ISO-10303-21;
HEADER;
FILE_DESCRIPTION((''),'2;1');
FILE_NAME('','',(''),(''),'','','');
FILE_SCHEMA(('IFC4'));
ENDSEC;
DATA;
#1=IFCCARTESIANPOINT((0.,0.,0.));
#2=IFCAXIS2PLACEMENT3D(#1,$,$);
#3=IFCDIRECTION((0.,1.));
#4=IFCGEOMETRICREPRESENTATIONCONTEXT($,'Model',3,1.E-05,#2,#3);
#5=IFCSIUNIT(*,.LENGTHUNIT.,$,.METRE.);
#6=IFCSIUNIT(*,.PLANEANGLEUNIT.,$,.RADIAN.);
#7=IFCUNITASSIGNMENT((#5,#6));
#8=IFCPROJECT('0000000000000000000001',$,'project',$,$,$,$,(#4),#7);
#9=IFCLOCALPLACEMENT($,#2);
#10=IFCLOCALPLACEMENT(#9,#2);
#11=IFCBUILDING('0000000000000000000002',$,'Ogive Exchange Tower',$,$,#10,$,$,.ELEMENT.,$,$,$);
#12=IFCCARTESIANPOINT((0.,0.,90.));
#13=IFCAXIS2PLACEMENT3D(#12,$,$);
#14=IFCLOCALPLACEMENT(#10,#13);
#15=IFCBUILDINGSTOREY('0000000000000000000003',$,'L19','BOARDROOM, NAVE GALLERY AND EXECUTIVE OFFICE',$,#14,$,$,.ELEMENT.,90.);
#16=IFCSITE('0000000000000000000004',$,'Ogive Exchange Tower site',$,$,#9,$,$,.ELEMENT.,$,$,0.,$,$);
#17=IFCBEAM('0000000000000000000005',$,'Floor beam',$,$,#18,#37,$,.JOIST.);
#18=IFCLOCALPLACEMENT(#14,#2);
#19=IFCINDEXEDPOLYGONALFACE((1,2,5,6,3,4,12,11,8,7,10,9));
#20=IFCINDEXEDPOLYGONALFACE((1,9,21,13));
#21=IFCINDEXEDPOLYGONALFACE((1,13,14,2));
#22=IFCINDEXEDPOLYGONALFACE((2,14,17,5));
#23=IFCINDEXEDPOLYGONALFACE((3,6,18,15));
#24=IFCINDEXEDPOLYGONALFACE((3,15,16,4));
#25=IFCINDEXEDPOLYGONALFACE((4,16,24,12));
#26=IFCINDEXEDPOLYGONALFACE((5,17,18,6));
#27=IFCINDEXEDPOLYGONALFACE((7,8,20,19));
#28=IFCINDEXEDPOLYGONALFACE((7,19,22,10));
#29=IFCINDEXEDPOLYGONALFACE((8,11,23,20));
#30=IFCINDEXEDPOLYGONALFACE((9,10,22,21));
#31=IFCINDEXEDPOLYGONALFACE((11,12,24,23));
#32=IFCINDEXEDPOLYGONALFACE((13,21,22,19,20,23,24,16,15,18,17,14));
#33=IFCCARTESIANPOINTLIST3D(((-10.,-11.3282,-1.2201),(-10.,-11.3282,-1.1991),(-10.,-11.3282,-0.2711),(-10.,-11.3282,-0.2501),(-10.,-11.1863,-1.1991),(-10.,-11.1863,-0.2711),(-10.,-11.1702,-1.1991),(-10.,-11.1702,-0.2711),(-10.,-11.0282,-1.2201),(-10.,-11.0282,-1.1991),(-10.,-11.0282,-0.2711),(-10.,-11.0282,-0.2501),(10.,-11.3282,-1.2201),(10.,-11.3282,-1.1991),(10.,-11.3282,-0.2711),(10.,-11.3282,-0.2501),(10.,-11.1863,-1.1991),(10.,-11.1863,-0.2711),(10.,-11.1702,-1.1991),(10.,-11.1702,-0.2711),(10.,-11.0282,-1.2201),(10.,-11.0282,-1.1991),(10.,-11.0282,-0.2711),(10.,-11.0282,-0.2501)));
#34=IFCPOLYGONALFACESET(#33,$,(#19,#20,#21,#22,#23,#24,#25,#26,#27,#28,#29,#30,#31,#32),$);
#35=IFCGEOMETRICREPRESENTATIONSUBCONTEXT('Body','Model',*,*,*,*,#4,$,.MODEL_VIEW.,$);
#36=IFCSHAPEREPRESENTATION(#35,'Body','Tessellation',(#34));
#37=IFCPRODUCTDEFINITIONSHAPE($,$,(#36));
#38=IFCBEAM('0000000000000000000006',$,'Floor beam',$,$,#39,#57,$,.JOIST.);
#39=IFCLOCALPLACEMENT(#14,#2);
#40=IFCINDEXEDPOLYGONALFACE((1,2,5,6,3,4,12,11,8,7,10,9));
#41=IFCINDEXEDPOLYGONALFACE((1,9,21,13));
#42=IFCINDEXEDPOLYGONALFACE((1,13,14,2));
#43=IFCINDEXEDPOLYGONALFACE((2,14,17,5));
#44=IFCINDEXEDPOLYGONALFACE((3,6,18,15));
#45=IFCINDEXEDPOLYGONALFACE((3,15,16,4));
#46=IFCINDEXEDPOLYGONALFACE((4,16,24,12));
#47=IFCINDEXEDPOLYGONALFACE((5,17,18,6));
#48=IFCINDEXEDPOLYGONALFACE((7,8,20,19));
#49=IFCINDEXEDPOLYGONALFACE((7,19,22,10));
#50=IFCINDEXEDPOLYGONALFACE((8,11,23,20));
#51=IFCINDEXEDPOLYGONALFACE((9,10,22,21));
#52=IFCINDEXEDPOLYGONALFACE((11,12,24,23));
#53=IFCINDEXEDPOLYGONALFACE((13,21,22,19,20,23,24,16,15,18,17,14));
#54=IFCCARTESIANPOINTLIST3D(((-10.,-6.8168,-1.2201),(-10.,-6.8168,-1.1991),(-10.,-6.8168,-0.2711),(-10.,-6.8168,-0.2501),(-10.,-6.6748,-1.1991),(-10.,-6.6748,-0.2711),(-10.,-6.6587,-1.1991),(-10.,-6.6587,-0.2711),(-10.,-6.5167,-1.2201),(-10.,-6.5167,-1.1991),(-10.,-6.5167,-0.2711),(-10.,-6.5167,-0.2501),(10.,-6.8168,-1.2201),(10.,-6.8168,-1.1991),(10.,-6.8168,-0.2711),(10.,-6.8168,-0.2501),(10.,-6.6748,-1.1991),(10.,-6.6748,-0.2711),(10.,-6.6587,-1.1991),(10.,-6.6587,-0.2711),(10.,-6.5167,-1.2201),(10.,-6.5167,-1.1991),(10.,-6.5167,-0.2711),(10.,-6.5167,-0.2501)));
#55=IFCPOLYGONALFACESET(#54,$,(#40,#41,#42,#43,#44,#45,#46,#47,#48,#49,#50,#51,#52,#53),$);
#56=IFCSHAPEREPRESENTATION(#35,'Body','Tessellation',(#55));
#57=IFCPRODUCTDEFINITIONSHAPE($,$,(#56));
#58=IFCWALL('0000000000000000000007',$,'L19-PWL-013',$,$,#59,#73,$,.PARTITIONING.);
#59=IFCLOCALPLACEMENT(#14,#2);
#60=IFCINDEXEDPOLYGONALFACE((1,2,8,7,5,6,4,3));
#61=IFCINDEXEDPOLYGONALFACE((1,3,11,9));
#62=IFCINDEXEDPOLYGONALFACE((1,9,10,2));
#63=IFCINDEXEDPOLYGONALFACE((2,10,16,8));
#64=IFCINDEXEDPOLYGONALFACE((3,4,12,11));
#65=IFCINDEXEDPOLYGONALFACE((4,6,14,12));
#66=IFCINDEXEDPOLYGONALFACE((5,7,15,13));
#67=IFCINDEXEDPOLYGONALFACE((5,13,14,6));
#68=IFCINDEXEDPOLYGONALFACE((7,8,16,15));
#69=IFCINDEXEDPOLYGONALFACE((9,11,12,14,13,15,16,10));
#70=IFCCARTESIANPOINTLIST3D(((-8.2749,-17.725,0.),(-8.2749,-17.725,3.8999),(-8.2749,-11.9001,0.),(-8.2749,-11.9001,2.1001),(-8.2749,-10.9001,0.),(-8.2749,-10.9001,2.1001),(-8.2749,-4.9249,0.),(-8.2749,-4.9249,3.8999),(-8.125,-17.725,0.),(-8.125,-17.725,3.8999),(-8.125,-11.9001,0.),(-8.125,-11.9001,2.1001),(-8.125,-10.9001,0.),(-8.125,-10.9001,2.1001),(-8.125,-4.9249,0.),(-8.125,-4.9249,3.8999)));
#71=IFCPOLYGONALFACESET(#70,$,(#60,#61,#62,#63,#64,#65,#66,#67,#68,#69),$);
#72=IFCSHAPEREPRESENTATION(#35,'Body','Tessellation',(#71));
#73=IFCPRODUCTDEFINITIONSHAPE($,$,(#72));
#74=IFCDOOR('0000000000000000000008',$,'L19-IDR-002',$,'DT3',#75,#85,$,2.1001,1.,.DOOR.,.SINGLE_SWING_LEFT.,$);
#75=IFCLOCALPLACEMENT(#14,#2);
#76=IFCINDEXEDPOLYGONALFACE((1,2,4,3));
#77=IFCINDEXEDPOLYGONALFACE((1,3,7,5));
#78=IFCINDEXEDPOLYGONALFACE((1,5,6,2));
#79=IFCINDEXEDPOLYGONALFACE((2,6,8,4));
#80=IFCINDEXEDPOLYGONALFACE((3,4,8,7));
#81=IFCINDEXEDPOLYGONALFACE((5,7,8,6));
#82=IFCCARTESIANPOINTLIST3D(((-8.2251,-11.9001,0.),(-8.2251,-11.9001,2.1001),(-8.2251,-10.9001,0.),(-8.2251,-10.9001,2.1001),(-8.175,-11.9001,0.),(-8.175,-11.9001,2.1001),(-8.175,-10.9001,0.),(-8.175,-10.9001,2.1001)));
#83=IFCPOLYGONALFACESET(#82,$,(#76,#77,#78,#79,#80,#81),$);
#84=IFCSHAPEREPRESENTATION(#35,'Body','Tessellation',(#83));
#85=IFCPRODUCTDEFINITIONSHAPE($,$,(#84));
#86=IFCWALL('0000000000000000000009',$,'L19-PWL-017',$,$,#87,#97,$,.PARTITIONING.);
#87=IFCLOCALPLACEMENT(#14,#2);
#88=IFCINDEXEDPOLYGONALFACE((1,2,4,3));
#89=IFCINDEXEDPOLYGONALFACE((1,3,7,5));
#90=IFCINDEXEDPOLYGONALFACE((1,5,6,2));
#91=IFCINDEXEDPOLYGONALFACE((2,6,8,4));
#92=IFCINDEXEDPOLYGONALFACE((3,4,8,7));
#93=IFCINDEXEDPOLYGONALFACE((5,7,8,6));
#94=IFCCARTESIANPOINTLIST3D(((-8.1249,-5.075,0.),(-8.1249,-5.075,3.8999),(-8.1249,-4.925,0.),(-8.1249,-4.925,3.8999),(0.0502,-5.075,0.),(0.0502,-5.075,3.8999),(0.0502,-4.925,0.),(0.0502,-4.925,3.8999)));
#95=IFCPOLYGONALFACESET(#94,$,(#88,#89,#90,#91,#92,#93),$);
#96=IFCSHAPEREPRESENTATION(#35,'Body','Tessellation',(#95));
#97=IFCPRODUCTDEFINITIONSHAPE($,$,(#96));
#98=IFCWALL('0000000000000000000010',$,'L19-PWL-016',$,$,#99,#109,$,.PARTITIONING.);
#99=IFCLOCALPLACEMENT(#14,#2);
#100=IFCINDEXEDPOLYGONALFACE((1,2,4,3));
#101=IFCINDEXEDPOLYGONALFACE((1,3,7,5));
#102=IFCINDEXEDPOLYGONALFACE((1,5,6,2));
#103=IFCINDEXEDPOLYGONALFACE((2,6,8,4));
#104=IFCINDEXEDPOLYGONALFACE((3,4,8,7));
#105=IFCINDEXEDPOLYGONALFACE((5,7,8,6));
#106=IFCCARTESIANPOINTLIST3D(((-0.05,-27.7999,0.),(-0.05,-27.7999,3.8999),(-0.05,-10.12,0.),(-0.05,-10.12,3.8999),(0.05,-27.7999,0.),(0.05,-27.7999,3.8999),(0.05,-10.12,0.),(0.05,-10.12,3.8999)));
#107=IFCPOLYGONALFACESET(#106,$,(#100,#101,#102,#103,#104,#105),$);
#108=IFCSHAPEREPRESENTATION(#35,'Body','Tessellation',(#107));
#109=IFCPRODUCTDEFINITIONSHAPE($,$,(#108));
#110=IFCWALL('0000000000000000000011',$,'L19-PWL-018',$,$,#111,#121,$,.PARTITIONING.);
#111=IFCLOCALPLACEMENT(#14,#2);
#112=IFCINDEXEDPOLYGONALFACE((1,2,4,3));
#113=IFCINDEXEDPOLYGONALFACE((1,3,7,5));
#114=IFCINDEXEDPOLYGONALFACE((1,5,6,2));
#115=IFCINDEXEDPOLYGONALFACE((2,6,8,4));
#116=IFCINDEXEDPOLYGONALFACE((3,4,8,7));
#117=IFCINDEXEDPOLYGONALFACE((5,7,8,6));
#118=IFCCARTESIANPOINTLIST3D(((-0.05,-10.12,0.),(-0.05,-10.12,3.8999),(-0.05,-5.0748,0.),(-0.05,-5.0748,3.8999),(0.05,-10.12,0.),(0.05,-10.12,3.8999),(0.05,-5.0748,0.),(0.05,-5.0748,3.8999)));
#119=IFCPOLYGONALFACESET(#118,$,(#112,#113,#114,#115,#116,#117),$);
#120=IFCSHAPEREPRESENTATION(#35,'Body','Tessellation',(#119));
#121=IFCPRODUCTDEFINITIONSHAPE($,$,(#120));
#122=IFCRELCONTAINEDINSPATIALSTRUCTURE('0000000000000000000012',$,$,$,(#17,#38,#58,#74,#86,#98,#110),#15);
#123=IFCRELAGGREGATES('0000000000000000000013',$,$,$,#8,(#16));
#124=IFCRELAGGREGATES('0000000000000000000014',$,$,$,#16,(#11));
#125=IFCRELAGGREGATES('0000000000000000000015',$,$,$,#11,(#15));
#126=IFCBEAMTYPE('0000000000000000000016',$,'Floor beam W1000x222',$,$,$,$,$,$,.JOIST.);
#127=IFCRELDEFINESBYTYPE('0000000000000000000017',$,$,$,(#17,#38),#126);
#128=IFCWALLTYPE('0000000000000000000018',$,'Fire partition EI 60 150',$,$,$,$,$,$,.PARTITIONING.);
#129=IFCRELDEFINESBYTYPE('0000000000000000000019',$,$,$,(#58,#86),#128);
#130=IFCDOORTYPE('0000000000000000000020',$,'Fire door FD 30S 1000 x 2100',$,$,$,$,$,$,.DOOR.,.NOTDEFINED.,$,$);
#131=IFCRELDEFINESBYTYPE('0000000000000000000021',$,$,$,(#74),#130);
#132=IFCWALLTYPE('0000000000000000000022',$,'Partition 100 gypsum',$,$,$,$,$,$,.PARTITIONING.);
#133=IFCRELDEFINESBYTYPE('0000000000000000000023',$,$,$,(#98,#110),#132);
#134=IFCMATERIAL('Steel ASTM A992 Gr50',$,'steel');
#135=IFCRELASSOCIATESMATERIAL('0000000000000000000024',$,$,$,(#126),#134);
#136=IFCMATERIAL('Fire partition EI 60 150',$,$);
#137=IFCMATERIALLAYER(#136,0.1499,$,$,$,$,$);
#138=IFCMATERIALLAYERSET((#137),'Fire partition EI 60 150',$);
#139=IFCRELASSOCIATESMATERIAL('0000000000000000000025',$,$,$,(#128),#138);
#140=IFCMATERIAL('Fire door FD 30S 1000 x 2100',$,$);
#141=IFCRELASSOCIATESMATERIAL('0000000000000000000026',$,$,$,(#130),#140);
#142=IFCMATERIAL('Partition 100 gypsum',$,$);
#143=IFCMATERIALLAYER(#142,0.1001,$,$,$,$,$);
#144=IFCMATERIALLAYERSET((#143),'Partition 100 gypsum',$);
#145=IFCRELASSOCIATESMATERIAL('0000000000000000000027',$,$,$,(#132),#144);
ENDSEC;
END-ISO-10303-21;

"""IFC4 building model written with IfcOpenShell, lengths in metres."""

from ifc_helpers import new_model, si_unit, direction, frame, frame_2d, origin, origin_2d, place, context, subcontext, project, spatial, rectangle, i_section, extrude, material, layer, layer_set, material_profile, profile_set, type_object, element, fill, save


model = new_model("IFC4")

# Units and contexts
model_context = context("Model", 3, precision=1e-05, world=origin(), true_north=direction((0.0, 1.0)))
body_context = subcontext(model_context, "Body", "Model", "MODEL_VIEW")
ifc_project = project(units=[si_unit("LENGTHUNIT", "METRE"), si_unit("PLANEANGLEUNIT", "RADIAN")], contexts=[model_context])

# Site, building, storey
site_placement = place(None, origin())
site = spatial("IfcSite", under=ifc_project, at=site_placement, Name="Ogive Exchange Tower site", CompositionType="ELEMENT", RefElevation=0.0)
building_placement = place(site_placement, origin())
building = spatial("IfcBuilding", under=site, at=building_placement, Name="Ogive Exchange Tower", CompositionType="ELEMENT")
storey_placement = place(building_placement, frame((0.0, 0.0, 90.0)))
storey = spatial("IfcBuildingStorey", under=building, at=storey_placement, Name="L19", Description="BOARDROOM, NAVE GALLERY AND EXECUTIVE OFFICE", CompositionType="ELEMENT", Elevation=90.0)

# Beams
ifc_material_1 = material(Name="Steel ASTM A992 Gr50", Category="steel")
ifc_material_profile = material_profile(ifc_material_1, i_section(OverallWidth=0.3, OverallDepth=0.97, WebThickness=0.0161, FlangeThickness=0.021, at=origin_2d()), Name="W1000x222")
ifc_profile_set = profile_set([ifc_material_profile], Name="Steel ASTM A992 Gr50")
beam_type = type_object("IfcBeamType", Name="Floor beam W1000x222", PredefinedType="JOIST", material=ifc_profile_set)
for number, where, z_axis, x_axis, name in (
    (1, (-10.0, -11.1782, -0.7351), (1.0, 0.0, 0.0), (0.0, 1.0, 0.0), "Floor beam"),
    (2, (-10.0, -6.6667, -0.7351), (1.0, 0.0, 0.0), (0.0, 1.0, 0.0), "Floor beam"),
):
    element("IfcBeam", number, at=place(storey_placement, frame(where, z_axis=z_axis, x_axis=x_axis)), inside=storey, type_object=beam_type, Name=name, PredefinedType="JOIST", context=body_context, shape_type="SweptSolid", body=[
        extrude(i_section(OverallWidth=0.3, OverallDepth=0.97, WebThickness=0.0161, FlangeThickness=0.021, at=origin_2d()), origin(), (0.0, 0.0, 1.0), 20.0),
    ])

# Wall, opening, door
ifc_material_2 = material(Name="Fire partition EI 60 150")
ifc_layer_1 = layer(ifc_material_2, 0.1499)
ifc_layer_set_1 = layer_set([ifc_layer_1], Name="Fire partition EI 60 150")
wall_type_1 = type_object("IfcWallType", Name="Fire partition EI 60 150", PredefinedType="PARTITIONING", material=ifc_layer_set_1)
wall_1_placement = place(storey_placement, frame((-8.2, -4.925, 0.0), z_axis=(0.0, 0.0, 1.0), x_axis=(0.0, -1.0, 0.0)))
wall_1 = element("IfcWall", 3, at=wall_1_placement, inside=storey, type_object=wall_type_1, Name="L19-PWL-013", PredefinedType="PARTITIONING", context=body_context, shape_type="SweptSolid", body=[
    extrude(rectangle(XDim=12.8, YDim=0.1499, at=frame_2d((6.3999, 0.0))), origin(), (0.0, 0.0, 1.0), 3.8999),
])
opening_1_placement = place(wall_1_placement, frame((5.9751, 0.0, 0.0)))
opening_1 = element("IfcOpeningElement", 4, at=opening_1_placement, cuts=wall_1, PredefinedType="OPENING", context=body_context, shape_type="SweptSolid", body=[
    extrude(rectangle(XDim=1.0, YDim=2.1001, at=frame_2d((0.5, 1.05))), frame((0.0, 0.085, 0.0), z_axis=(0.0, -1.0, 0.0), x_axis=(1.0, 0.0, 0.0)), (0.0, 0.0, 1.0), 0.1699),
])
ifc_material_3 = material(Name="Fire door FD 30S 1000 x 2100")
door_type_1 = type_object("IfcDoorType", Name="Fire door FD 30S 1000 x 2100", OperationType="NOTDEFINED", PredefinedType="DOOR", material=ifc_material_3)
door_1_placement = place(opening_1_placement, origin())
door_1 = element("IfcDoor", 5, at=door_1_placement, inside=storey, type_object=door_type_1, Name="L19-IDR-002", ObjectType="DT3", OperationType="SINGLE_SWING_LEFT", OverallHeight=2.1001, OverallWidth=1.0, PredefinedType="DOOR", context=body_context, shape_type="SweptSolid", body=[
    extrude(rectangle(XDim=1.0, YDim=2.1001, at=frame_2d((0.5, 1.05))), frame((0.0, 0.0249, 0.0), z_axis=(0.0, -1.0, 0.0), x_axis=(1.0, 0.0, 0.0)), (0.0, 0.0, 1.0), 0.05),
])
fill(opening_1, door_1)

# Walls
wall_2_placement = place(storey_placement, frame((0.05, -5.0, 0.0), z_axis=(0.0, 0.0, 1.0), x_axis=(-1.0, 0.0, 0.0)))
element("IfcWall", 6, at=wall_2_placement, inside=storey, type_object=wall_type_1, Name="L19-PWL-017", PredefinedType="PARTITIONING", context=body_context, shape_type="SweptSolid", body=[
    extrude(rectangle(XDim=8.175, YDim=0.1499, at=frame_2d((4.0874, 0.0))), origin(), (0.0, 0.0, 1.0), 3.8999),
])
ifc_material_4 = material(Name="Partition 100 gypsum")
ifc_layer_2 = layer(ifc_material_4, 0.1001)
ifc_layer_set_2 = layer_set([ifc_layer_2], Name="Partition 100 gypsum")
wall_type_2 = type_object("IfcWallType", Name="Partition 100 gypsum", PredefinedType="PARTITIONING", material=ifc_layer_set_2)
wall_3_placement = place(storey_placement, frame((0.0, -10.1201, 0.0), z_axis=(0.0, 0.0, 1.0), x_axis=(0.0, -1.0, 0.0)))
element("IfcWall", 7, at=wall_3_placement, inside=storey, type_object=wall_type_2, Name="L19-PWL-016", PredefinedType="PARTITIONING", context=body_context, shape_type="SweptSolid", body=[
    extrude(rectangle(XDim=17.6799, YDim=0.1001, at=frame_2d((8.8398, 0.0))), origin(), (0.0, 0.0, 1.0), 3.8999),
])
wall_4_placement = place(storey_placement, frame((0.0, -5.075, 0.0), z_axis=(0.0, 0.0, 1.0), x_axis=(0.0, -1.0, 0.0)))
element("IfcWall", 8, at=wall_4_placement, inside=storey, type_object=wall_type_2, Name="L19-PWL-018", PredefinedType="PARTITIONING", context=body_context, shape_type="SweptSolid", body=[
    extrude(rectangle(XDim=5.0452, YDim=0.1001, at=frame_2d((2.5225, 0.0))), origin(), (0.0, 0.0, 1.0), 3.8999),
])

save(model, "model.ifc")
